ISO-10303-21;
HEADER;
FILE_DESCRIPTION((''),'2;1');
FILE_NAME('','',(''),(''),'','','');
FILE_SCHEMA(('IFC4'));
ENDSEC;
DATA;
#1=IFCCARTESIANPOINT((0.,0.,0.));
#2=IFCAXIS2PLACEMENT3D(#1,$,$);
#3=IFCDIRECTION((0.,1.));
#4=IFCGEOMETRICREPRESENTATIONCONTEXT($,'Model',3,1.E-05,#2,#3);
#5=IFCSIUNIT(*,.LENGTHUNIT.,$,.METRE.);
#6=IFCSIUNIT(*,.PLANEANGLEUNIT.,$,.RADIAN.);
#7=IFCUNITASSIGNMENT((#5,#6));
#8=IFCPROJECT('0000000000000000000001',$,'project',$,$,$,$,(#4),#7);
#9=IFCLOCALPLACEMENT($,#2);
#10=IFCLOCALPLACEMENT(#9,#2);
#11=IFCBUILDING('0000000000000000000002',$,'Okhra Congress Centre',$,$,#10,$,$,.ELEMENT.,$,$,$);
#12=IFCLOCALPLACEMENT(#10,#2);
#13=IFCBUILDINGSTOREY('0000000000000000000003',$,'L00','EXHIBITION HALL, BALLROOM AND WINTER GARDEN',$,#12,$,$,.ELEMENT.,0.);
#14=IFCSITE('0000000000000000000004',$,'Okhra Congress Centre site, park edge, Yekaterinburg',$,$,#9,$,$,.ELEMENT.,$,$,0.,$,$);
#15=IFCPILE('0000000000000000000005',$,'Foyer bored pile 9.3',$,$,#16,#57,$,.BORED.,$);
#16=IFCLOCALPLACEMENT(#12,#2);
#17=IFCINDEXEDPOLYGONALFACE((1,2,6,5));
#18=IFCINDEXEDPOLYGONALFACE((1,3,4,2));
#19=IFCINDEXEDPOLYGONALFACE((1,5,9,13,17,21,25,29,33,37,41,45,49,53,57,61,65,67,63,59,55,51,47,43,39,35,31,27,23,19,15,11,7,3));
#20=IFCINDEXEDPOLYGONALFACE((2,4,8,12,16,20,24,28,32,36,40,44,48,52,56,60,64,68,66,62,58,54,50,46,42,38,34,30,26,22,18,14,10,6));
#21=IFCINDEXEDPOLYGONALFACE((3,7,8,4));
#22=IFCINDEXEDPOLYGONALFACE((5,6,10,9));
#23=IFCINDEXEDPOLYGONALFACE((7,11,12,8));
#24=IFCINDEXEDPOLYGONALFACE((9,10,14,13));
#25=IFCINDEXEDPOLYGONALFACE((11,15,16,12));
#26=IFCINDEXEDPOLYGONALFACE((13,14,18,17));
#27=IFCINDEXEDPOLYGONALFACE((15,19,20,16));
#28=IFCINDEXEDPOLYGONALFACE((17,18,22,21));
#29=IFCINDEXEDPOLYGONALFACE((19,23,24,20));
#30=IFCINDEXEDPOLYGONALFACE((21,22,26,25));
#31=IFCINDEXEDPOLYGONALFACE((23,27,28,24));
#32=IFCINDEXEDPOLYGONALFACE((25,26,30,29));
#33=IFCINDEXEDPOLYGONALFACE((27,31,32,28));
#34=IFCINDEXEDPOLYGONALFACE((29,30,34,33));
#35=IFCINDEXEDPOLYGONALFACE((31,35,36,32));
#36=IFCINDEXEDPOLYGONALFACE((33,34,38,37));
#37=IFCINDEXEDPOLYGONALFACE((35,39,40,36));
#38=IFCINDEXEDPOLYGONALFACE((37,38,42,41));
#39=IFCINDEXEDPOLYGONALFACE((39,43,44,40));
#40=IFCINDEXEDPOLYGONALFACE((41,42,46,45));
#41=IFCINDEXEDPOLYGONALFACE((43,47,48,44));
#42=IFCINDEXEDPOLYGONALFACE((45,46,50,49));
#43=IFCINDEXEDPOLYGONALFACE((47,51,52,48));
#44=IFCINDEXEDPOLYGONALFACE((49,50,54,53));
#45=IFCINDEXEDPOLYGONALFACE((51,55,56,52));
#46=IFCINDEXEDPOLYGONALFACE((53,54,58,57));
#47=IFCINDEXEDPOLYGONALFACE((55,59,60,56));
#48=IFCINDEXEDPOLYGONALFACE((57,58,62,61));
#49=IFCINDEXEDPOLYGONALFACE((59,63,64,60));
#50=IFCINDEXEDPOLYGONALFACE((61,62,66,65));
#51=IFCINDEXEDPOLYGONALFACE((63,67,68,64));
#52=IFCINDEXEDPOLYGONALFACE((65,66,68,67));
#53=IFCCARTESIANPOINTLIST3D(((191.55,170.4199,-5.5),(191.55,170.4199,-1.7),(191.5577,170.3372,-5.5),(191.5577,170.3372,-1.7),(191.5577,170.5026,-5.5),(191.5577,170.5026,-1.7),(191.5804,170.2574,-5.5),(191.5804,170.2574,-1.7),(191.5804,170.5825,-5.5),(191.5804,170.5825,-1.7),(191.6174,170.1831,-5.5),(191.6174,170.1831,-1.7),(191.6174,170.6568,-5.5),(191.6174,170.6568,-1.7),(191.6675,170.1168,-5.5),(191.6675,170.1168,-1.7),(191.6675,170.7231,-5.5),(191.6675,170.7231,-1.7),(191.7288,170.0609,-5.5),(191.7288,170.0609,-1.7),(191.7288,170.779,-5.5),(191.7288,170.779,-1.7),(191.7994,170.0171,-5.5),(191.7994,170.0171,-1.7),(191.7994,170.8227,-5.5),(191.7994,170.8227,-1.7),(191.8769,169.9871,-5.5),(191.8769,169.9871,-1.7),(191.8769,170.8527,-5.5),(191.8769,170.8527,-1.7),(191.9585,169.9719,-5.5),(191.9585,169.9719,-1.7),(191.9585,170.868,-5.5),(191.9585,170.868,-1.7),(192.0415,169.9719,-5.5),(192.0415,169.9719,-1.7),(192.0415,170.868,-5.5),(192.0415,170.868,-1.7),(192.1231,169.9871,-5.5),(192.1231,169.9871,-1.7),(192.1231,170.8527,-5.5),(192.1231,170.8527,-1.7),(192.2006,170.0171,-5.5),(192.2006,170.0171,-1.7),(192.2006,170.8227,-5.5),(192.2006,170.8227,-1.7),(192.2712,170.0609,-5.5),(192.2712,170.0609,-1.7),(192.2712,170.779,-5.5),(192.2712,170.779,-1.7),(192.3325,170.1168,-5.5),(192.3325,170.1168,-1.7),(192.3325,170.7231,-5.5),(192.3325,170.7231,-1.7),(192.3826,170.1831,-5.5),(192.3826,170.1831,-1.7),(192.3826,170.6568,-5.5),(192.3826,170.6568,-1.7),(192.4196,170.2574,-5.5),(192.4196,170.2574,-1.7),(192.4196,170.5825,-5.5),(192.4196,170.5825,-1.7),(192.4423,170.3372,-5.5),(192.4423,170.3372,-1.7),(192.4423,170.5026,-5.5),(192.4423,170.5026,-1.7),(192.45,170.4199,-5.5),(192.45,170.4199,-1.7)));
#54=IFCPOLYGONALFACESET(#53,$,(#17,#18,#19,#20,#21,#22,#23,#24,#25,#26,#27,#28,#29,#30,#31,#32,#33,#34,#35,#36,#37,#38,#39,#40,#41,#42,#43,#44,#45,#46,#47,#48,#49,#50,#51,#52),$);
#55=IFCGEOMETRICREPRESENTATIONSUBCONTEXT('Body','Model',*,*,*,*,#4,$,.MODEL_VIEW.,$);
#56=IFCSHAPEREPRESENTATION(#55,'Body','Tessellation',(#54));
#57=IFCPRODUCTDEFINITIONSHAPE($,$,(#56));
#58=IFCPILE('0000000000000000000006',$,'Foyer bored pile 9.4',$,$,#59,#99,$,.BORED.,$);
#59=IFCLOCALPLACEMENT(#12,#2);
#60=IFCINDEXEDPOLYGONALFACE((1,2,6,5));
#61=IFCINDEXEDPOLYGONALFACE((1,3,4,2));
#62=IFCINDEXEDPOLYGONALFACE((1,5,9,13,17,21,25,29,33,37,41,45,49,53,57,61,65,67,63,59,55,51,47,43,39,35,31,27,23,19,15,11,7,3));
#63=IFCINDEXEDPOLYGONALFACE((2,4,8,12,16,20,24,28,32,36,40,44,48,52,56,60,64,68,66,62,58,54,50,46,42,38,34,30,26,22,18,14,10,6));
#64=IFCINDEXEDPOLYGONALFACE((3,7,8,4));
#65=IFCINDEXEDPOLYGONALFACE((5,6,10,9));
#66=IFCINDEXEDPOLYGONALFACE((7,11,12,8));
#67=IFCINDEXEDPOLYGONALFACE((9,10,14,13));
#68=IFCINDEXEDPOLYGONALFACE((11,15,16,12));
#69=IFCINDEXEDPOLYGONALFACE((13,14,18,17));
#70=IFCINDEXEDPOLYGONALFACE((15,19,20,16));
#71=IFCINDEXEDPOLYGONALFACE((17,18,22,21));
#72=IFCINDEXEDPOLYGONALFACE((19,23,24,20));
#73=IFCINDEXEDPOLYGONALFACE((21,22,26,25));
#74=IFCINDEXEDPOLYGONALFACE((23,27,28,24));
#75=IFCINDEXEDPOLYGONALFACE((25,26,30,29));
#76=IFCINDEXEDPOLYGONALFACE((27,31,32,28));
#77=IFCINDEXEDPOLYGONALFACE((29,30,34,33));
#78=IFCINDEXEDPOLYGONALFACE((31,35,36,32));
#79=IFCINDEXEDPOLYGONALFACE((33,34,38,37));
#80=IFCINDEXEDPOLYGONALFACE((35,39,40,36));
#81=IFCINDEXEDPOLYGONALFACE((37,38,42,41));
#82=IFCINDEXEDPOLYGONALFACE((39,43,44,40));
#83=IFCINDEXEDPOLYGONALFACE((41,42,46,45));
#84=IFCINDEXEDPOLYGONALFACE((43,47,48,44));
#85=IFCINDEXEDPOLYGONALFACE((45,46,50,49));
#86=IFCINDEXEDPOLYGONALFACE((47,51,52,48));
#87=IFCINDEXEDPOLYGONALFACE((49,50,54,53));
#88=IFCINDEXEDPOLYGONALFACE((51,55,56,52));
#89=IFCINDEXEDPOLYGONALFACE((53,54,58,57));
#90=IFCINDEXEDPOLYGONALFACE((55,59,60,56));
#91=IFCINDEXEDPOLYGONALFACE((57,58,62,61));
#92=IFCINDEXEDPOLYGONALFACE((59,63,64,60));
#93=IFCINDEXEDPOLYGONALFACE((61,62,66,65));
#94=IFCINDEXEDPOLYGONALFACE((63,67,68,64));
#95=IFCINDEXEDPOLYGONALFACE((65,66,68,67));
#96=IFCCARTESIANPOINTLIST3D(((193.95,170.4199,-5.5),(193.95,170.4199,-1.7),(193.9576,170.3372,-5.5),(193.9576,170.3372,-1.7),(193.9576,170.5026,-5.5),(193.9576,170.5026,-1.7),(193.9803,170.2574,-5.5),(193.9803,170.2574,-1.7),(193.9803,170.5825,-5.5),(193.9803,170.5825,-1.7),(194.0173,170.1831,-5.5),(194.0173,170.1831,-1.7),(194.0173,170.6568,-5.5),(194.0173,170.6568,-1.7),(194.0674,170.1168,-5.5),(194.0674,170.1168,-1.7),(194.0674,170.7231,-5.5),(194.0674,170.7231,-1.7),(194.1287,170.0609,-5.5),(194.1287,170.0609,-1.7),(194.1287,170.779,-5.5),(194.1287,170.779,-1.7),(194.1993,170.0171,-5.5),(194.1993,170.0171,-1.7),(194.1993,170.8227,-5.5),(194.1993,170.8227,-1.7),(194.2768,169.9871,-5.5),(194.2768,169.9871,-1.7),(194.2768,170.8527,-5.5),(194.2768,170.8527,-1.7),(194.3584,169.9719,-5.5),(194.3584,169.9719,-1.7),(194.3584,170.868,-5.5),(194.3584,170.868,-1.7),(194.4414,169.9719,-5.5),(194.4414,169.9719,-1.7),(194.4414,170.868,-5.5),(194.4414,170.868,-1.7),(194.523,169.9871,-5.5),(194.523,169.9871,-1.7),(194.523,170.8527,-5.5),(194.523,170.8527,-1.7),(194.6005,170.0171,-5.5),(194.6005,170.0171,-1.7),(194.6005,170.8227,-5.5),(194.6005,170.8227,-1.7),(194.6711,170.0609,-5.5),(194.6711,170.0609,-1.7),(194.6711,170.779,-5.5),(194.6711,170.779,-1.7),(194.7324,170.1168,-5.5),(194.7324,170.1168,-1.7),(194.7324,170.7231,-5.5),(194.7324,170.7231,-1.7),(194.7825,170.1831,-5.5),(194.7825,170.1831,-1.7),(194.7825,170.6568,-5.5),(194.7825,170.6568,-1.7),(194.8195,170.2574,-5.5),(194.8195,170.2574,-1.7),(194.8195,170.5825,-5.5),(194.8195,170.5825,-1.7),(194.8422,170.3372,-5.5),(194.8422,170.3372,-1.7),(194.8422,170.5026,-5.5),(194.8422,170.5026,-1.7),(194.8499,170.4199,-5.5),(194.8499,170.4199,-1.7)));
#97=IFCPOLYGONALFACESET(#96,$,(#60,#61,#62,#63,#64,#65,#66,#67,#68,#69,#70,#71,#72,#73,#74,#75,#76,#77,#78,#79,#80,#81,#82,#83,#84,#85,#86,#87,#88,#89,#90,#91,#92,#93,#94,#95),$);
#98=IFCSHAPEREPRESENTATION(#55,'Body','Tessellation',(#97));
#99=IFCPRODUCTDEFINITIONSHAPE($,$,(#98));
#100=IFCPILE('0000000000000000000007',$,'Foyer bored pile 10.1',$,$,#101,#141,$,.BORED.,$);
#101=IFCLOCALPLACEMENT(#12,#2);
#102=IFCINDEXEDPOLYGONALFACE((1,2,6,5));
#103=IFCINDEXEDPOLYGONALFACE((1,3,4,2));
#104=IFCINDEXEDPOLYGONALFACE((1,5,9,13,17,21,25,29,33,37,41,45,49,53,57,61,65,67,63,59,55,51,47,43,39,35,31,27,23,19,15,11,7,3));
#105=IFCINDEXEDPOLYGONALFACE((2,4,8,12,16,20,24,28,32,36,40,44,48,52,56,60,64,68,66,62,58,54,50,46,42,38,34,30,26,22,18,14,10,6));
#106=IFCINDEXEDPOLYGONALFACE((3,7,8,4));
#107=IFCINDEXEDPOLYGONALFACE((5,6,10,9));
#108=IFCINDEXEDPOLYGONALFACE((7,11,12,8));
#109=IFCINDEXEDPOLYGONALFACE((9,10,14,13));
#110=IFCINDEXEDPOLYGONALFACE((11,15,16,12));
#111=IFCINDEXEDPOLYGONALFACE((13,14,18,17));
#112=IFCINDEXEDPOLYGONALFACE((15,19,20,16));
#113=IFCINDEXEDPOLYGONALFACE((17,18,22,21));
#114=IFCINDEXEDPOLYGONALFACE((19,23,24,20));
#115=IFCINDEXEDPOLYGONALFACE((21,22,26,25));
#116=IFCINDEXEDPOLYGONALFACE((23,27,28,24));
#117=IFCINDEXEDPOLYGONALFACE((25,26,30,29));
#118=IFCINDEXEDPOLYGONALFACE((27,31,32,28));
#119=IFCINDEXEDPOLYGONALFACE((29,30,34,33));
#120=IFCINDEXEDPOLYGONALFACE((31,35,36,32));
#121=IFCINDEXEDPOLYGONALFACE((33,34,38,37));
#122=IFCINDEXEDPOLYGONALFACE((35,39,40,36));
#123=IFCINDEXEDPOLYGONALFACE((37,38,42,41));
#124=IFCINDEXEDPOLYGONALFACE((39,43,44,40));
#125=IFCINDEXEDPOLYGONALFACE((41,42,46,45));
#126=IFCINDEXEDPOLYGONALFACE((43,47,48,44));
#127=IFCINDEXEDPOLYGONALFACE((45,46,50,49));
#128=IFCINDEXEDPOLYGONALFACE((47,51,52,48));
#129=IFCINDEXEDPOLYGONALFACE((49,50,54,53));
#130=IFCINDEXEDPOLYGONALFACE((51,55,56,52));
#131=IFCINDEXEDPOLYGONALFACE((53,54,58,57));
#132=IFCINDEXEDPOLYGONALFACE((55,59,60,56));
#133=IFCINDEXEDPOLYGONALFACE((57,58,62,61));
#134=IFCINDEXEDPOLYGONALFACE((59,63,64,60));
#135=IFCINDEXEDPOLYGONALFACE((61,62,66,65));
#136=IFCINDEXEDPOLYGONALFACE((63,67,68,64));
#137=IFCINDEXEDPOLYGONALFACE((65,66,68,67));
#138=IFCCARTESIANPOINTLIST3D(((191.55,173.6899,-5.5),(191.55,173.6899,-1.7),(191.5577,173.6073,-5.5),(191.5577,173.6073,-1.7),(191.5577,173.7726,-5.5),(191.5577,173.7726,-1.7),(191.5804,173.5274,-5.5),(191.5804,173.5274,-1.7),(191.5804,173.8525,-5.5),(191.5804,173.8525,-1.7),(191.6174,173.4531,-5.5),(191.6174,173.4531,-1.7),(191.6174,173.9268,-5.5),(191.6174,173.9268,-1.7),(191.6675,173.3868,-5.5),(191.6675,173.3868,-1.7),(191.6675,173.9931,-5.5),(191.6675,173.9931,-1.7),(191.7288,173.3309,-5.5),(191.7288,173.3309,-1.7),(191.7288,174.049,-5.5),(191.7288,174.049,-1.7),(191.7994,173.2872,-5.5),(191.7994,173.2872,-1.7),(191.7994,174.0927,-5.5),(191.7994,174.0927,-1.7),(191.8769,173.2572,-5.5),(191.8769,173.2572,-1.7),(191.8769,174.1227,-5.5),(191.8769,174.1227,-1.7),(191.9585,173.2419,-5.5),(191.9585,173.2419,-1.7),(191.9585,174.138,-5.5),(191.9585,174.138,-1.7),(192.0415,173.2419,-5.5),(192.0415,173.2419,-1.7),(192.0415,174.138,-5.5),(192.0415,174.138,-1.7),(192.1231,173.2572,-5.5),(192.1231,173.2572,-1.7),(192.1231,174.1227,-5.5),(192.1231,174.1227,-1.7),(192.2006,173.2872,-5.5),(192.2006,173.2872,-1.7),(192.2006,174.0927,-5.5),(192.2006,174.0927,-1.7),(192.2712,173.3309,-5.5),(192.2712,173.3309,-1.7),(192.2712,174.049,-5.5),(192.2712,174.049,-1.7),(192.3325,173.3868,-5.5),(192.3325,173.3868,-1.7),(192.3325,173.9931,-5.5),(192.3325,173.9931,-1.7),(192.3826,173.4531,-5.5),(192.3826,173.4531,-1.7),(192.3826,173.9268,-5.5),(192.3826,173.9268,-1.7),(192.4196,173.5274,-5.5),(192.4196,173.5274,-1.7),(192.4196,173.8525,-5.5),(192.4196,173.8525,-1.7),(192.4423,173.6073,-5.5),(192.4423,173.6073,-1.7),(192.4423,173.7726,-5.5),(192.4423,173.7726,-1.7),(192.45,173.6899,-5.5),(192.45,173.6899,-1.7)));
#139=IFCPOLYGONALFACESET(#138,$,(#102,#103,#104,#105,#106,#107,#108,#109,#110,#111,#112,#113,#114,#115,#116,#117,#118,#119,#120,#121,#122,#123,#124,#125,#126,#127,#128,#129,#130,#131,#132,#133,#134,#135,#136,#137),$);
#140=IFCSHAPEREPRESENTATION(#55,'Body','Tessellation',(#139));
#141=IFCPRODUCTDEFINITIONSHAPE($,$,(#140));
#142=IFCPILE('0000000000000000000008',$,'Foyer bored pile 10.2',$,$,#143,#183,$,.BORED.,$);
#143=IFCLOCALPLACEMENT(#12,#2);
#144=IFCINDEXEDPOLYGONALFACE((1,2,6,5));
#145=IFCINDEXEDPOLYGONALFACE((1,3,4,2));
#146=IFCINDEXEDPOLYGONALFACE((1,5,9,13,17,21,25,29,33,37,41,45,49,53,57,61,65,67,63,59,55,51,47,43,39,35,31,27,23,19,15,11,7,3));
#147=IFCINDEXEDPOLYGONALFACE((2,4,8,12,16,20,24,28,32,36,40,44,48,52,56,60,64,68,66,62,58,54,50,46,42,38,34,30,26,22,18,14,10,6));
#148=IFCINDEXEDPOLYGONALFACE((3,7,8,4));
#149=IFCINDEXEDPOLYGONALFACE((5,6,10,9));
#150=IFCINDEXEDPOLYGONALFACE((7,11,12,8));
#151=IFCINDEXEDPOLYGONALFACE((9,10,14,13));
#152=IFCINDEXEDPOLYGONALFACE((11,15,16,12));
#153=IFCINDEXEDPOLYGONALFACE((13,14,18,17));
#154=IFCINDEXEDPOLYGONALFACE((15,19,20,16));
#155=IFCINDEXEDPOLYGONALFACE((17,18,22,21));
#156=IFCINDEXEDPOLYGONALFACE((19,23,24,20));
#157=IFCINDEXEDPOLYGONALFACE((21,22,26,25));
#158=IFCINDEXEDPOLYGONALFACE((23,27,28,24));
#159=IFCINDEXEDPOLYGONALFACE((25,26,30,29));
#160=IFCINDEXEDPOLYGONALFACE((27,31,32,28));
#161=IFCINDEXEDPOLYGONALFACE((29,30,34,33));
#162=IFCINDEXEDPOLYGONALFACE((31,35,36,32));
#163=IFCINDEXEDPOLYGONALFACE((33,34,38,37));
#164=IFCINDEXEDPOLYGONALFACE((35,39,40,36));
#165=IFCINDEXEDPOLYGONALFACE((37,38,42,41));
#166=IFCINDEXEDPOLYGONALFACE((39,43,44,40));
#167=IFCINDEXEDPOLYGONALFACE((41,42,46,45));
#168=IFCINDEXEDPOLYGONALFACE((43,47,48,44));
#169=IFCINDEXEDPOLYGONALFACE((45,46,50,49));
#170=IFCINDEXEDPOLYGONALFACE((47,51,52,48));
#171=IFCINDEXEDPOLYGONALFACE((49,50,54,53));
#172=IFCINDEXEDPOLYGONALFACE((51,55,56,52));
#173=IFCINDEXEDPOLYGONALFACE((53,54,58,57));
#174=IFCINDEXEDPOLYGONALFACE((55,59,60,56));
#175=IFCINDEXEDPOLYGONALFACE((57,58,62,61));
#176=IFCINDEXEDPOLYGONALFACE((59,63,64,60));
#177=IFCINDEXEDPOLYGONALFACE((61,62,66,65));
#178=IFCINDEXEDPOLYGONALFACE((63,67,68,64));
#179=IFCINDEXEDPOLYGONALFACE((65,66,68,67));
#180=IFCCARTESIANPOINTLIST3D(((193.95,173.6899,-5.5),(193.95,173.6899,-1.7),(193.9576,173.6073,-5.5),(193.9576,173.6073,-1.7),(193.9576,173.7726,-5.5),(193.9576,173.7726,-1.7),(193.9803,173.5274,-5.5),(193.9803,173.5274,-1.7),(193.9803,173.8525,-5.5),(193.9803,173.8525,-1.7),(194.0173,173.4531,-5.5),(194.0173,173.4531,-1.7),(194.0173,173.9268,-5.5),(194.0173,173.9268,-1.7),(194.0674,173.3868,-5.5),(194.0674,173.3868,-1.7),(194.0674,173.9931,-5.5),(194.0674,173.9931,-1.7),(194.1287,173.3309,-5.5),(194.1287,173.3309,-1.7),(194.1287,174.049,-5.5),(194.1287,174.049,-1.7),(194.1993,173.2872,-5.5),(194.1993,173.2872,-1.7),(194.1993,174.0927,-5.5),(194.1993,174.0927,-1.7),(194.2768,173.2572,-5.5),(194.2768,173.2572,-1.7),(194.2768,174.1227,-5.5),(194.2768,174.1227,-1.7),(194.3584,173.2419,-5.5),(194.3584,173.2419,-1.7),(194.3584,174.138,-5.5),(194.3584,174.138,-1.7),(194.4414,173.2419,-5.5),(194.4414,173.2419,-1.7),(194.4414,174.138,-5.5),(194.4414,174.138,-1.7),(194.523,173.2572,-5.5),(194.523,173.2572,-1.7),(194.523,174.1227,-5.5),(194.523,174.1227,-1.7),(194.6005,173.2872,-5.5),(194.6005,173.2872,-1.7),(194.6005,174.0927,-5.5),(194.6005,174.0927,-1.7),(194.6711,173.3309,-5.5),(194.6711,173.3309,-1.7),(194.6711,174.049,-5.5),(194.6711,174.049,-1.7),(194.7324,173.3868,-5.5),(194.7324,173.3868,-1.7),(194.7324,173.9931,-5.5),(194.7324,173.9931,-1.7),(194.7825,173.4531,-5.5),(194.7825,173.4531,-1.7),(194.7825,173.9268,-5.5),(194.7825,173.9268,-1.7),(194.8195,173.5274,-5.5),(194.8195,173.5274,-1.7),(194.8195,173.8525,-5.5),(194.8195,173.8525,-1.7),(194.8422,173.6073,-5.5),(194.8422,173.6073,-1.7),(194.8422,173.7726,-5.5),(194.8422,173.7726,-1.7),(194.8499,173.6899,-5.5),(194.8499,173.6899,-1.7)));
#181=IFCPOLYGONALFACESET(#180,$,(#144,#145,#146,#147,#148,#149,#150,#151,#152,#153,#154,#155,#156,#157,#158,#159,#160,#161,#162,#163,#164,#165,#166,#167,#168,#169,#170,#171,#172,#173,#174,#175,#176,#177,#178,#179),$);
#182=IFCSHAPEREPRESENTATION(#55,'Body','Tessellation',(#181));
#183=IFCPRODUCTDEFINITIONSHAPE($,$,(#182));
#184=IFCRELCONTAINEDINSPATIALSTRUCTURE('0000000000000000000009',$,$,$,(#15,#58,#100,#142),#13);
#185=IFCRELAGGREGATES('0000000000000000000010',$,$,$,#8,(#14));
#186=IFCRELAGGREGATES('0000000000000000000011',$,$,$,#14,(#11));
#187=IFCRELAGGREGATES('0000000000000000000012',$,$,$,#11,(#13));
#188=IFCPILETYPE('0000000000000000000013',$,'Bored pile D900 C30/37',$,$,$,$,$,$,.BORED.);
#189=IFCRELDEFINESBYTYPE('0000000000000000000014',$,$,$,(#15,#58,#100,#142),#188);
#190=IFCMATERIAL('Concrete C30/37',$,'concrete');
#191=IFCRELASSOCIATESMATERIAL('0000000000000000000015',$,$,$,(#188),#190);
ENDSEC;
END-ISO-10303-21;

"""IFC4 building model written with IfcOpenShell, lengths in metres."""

from ifc_helpers import new_model, si_unit, direction, frame, origin, origin_2d, place, context, subcontext, project, spatial, circle, extrude, material, material_profile, profile_set, type_object, element, save


model = new_model("IFC4")

# Units and contexts
model_context = context("Model", 3, precision=1e-05, world=origin(), true_north=direction((0.0, 1.0)))
body_context = subcontext(model_context, "Body", "Model", "MODEL_VIEW")
ifc_project = project(units=[si_unit("LENGTHUNIT", "METRE"), si_unit("PLANEANGLEUNIT", "RADIAN")], contexts=[model_context])

# Site, building, storey
site_placement = place(None, origin())
site = spatial("IfcSite", under=ifc_project, at=site_placement, Name="Okhra Congress Centre site, park edge, Yekaterinburg", CompositionType="ELEMENT", RefElevation=0.0)
building_placement = place(site_placement, origin())
building = spatial("IfcBuilding", under=site, at=building_placement, Name="Okhra Congress Centre", CompositionType="ELEMENT")
storey_placement = place(building_placement, origin())
storey = spatial("IfcBuildingStorey", under=building, at=storey_placement, Name="L00", Description="EXHIBITION HALL, BALLROOM AND WINTER GARDEN", CompositionType="ELEMENT", Elevation=0.0)

# Piles
ifc_material_1 = material(Name="Concrete C30/37", Category="concrete")
ifc_material_profile_1 = material_profile(ifc_material_1, circle(Radius=0.45, at=origin_2d()), Name="D900")
ifc_profile_set_1 = profile_set([ifc_material_profile_1], Name="Concrete C30/37")
pile_type = type_object("IfcPileType", Name="Bored pile D900 C30/37", PredefinedType="BORED", material=ifc_profile_set_1)
for number, where, z_axis, x_axis, name in (
    (1, (192.0, 170.4199, -1.7), (0.0, 0.0, -1.0), (1.0, 0.0, 0.0), "Foyer bored pile 9.3"),
    (2, (194.3999, 170.4199, -1.7), (0.0, 0.0, -1.0), (1.0, 0.0, 0.0), "Foyer bored pile 9.4"),
    (3, (192.0, 173.6899, -1.7), (0.0, 0.0, -1.0), (1.0, 0.0, 0.0), "Foyer bored pile 10.1"),
    (4, (194.3999, 173.6899, -1.7), (0.0, 0.0, -1.0), (1.0, 0.0, 0.0), "Foyer bored pile 10.2"),
):
    element("IfcPile", number, at=place(storey_placement, frame(where, z_axis=z_axis, x_axis=x_axis)), inside=storey, type_object=pile_type, Name=name, PredefinedType="BORED", context=body_context, shape_type="SweptSolid", body=[
        extrude(circle(Radius=0.45, at=origin_2d()), origin(), (0.0, 0.0, 1.0), 3.8),
    ])

save(model, "model.ifc")
